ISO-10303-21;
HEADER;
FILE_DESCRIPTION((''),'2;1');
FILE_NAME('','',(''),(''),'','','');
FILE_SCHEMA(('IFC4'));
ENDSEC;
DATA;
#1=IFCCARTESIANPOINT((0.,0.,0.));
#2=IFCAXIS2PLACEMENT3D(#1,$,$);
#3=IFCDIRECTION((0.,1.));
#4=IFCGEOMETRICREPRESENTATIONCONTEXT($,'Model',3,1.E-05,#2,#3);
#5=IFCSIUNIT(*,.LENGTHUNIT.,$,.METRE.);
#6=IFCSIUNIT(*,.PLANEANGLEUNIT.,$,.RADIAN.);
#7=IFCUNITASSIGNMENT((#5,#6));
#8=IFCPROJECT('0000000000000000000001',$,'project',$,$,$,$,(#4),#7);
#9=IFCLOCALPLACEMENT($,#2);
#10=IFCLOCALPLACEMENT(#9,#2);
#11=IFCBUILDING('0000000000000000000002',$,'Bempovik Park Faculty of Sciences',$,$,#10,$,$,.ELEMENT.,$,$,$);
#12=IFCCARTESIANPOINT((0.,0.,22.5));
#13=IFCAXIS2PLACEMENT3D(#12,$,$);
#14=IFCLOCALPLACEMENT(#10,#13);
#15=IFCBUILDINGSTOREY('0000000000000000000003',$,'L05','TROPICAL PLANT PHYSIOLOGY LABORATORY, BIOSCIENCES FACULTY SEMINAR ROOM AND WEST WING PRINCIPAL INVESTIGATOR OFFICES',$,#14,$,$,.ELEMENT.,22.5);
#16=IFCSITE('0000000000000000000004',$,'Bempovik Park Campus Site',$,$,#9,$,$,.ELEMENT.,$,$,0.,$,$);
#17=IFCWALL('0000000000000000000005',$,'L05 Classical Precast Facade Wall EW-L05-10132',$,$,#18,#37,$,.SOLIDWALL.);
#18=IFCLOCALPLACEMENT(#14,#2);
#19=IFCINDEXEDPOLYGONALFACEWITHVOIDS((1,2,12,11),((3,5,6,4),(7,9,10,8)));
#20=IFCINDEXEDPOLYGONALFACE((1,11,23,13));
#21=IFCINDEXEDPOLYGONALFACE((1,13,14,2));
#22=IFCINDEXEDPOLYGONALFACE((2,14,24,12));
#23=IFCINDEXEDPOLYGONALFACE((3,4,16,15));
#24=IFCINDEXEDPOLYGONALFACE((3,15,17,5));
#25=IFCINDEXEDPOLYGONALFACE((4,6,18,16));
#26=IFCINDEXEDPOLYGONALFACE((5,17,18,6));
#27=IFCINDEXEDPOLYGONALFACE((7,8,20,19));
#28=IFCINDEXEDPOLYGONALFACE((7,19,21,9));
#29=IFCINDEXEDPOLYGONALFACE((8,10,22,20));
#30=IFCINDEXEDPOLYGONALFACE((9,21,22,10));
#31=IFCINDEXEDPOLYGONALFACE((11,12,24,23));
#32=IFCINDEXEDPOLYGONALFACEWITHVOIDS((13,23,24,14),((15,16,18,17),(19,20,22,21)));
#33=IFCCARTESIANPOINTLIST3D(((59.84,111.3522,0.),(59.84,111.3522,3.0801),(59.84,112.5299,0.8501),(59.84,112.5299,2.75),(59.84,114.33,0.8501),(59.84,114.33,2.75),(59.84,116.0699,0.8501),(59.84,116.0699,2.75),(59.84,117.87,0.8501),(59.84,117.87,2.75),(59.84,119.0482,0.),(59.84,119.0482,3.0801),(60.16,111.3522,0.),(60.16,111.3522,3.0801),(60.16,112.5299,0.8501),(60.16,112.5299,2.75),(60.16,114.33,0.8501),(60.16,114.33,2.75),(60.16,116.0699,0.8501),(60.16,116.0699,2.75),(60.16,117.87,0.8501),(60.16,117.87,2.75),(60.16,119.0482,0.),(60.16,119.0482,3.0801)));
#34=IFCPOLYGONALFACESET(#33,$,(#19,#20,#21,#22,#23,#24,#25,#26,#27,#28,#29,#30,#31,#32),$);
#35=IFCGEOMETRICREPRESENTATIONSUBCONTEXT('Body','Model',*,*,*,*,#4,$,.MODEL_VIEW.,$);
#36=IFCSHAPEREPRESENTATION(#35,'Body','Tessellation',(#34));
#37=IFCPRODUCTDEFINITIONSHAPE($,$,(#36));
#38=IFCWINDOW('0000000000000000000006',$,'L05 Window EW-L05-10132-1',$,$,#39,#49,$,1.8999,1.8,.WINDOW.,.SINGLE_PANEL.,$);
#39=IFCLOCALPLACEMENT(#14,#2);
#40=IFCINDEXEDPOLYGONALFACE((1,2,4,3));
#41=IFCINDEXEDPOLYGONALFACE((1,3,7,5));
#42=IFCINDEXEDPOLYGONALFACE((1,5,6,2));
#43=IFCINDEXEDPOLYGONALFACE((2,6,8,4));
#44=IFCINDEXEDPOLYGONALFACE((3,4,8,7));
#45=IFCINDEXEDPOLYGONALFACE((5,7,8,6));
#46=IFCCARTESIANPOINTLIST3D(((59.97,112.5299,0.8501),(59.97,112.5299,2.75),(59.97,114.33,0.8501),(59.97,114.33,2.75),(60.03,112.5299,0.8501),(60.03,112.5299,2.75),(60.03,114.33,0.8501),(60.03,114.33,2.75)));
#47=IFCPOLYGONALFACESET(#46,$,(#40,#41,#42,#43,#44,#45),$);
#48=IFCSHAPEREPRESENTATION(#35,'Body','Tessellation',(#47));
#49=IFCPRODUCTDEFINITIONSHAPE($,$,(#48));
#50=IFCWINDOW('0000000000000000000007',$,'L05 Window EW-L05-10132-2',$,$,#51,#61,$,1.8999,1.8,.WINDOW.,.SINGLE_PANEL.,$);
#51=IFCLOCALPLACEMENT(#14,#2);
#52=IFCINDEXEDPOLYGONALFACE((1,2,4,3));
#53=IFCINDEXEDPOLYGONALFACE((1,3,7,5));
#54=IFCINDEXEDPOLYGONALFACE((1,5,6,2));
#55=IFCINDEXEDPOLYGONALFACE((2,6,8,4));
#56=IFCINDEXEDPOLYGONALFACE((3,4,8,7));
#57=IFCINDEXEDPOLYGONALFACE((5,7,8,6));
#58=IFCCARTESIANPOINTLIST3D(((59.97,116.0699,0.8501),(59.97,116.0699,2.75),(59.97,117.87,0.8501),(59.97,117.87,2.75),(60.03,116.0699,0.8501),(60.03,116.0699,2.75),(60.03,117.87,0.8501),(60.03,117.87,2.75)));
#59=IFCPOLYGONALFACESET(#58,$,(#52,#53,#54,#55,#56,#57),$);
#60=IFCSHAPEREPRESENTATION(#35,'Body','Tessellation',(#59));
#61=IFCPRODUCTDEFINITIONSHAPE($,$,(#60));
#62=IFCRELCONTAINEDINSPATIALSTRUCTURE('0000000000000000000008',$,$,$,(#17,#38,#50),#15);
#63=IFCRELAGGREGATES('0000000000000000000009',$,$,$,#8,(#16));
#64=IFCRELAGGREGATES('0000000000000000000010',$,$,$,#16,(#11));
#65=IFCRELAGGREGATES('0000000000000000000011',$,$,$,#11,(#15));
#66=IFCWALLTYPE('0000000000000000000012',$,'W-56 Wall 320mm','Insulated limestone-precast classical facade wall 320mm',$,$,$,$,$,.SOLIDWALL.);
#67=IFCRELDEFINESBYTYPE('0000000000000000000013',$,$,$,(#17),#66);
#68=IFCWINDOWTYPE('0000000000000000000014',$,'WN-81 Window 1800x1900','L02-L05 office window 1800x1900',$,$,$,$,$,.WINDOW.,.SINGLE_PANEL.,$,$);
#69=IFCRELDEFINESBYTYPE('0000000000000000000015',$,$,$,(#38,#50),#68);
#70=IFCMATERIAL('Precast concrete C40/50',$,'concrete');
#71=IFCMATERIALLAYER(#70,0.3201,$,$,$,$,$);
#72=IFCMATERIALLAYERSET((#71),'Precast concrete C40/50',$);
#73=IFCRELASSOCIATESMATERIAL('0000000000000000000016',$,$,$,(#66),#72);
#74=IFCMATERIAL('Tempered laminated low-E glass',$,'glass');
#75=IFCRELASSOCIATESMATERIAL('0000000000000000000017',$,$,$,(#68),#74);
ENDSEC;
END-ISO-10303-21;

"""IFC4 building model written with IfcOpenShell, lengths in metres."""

from ifc_helpers import new_model, si_unit, direction, frame, frame_2d, origin, place, context, subcontext, project, spatial, rectangle, extrude, material, layer, layer_set, type_object, element, fill, save


model = new_model("IFC4")

# Units and contexts
model_context = context("Model", 3, precision=1e-05, world=origin(), true_north=direction((0.0, 1.0)))
body_context = subcontext(model_context, "Body", "Model", "MODEL_VIEW")
ifc_project = project(units=[si_unit("LENGTHUNIT", "METRE"), si_unit("PLANEANGLEUNIT", "RADIAN")], contexts=[model_context])

# Site, building, storey
site_placement = place(None, origin())
site = spatial("IfcSite", under=ifc_project, at=site_placement, Name="Bempovik Park Campus Site", CompositionType="ELEMENT", RefElevation=0.0)
building_placement = place(site_placement, origin())
building = spatial("IfcBuilding", under=site, at=building_placement, Name="Bempovik Park Faculty of Sciences", CompositionType="ELEMENT")
storey_placement = place(building_placement, frame((0.0, 0.0, 22.5)))
storey = spatial("IfcBuildingStorey", under=building, at=storey_placement, Name="L05", Description="TROPICAL PLANT PHYSIOLOGY LABORATORY, BIOSCIENCES FACULTY SEMINAR ROOM AND WEST WING PRINCIPAL INVESTIGATOR OFFICES", CompositionType="ELEMENT", Elevation=22.5)

# Wall, openings, windows
ifc_material_1 = material(Name="Precast concrete C40/50", Category="concrete")
ifc_layer_1 = layer(ifc_material_1, 0.3201)
ifc_layer_set_1 = layer_set([ifc_layer_1], Name="Precast concrete C40/50")
wall_type_1 = type_object("IfcWallType", Name="W-56 Wall 320mm", Description="Insulated limestone-precast classical facade wall 320mm", PredefinedType="SOLIDWALL", material=ifc_layer_set_1)
ifc_material_2 = material(Name="Tempered laminated low-E glass", Category="glass")
window_type = type_object("IfcWindowType", Name="WN-81 Window 1800x1900", Description="L02-L05 office window 1800x1900", PartitioningType="SINGLE_PANEL", PredefinedType="WINDOW", material=ifc_material_2)
wall_1_placement = place(storey_placement, frame((60.0, 111.3521, 0.0), z_axis=(0.0, 0.0, 1.0), x_axis=(0.0, 1.0, 0.0)))
wall_1 = element("IfcWall", 1, at=wall_1_placement, inside=storey, type_object=wall_type_1, Name="L05 Classical Precast Facade Wall EW-L05-10132", PredefinedType="SOLIDWALL", context=body_context, shape_type="SweptSolid", body=[
    extrude(rectangle(XDim=7.696, YDim=0.3201, at=frame_2d((3.8481, 0.0))), origin(), (0.0, 0.0, 1.0), 3.0801),
])
opening_1_placement = place(wall_1_placement, frame((1.178, 0.0, 0.8501)))
opening_1 = element("IfcOpeningElement", 2, at=opening_1_placement, cuts=wall_1, PredefinedType="OPENING", context=body_context, shape_type="SweptSolid", body=[
    extrude(rectangle(XDim=1.8, YDim=1.8999, at=frame_2d((0.8999, 0.95))), frame((0.0, 0.1699, 0.0), z_axis=(0.0, -1.0, 0.0), x_axis=(1.0, 0.0, 0.0)), (0.0, 0.0, 1.0), 0.3401),
])
opening_2_placement = place(wall_1_placement, frame((4.718, 0.0, 0.8501)))
opening_2 = element("IfcOpeningElement", 3, at=opening_2_placement, cuts=wall_1, PredefinedType="OPENING", context=body_context, shape_type="SweptSolid", body=[
    extrude(rectangle(XDim=1.8, YDim=1.8999, at=frame_2d((0.8999, 0.95))), frame((0.0, 0.1699, 0.0), z_axis=(0.0, -1.0, 0.0), x_axis=(1.0, 0.0, 0.0)), (0.0, 0.0, 1.0), 0.3401),
])
window_1_placement = place(opening_1_placement, origin())
window_1 = element("IfcWindow", 4, at=window_1_placement, inside=storey, type_object=window_type, Name="L05 Window EW-L05-10132-1", OverallHeight=1.8999, OverallWidth=1.8, PartitioningType="SINGLE_PANEL", PredefinedType="WINDOW", context=body_context, shape_type="SweptSolid", body=[
    extrude(rectangle(XDim=1.8, YDim=1.8999, at=frame_2d((0.8999, 0.95))), frame((0.0, 0.03, 0.0), z_axis=(0.0, -1.0, 0.0), x_axis=(1.0, 0.0, 0.0)), (0.0, 0.0, 1.0), 0.0601),
])
fill(opening_1, window_1)
window_2_placement = place(opening_2_placement, origin())
window_2 = element("IfcWindow", 5, at=window_2_placement, inside=storey, type_object=window_type, Name="L05 Window EW-L05-10132-2", OverallHeight=1.8999, OverallWidth=1.8, PartitioningType="SINGLE_PANEL", PredefinedType="WINDOW", context=body_context, shape_type="SweptSolid", body=[
    extrude(rectangle(XDim=1.8, YDim=1.8999, at=frame_2d((0.8999, 0.95))), frame((0.0, 0.03, 0.0), z_axis=(0.0, -1.0, 0.0), x_axis=(1.0, 0.0, 0.0)), (0.0, 0.0, 1.0), 0.0601),
])
fill(opening_2, window_2)

save(model, "model.ifc")
